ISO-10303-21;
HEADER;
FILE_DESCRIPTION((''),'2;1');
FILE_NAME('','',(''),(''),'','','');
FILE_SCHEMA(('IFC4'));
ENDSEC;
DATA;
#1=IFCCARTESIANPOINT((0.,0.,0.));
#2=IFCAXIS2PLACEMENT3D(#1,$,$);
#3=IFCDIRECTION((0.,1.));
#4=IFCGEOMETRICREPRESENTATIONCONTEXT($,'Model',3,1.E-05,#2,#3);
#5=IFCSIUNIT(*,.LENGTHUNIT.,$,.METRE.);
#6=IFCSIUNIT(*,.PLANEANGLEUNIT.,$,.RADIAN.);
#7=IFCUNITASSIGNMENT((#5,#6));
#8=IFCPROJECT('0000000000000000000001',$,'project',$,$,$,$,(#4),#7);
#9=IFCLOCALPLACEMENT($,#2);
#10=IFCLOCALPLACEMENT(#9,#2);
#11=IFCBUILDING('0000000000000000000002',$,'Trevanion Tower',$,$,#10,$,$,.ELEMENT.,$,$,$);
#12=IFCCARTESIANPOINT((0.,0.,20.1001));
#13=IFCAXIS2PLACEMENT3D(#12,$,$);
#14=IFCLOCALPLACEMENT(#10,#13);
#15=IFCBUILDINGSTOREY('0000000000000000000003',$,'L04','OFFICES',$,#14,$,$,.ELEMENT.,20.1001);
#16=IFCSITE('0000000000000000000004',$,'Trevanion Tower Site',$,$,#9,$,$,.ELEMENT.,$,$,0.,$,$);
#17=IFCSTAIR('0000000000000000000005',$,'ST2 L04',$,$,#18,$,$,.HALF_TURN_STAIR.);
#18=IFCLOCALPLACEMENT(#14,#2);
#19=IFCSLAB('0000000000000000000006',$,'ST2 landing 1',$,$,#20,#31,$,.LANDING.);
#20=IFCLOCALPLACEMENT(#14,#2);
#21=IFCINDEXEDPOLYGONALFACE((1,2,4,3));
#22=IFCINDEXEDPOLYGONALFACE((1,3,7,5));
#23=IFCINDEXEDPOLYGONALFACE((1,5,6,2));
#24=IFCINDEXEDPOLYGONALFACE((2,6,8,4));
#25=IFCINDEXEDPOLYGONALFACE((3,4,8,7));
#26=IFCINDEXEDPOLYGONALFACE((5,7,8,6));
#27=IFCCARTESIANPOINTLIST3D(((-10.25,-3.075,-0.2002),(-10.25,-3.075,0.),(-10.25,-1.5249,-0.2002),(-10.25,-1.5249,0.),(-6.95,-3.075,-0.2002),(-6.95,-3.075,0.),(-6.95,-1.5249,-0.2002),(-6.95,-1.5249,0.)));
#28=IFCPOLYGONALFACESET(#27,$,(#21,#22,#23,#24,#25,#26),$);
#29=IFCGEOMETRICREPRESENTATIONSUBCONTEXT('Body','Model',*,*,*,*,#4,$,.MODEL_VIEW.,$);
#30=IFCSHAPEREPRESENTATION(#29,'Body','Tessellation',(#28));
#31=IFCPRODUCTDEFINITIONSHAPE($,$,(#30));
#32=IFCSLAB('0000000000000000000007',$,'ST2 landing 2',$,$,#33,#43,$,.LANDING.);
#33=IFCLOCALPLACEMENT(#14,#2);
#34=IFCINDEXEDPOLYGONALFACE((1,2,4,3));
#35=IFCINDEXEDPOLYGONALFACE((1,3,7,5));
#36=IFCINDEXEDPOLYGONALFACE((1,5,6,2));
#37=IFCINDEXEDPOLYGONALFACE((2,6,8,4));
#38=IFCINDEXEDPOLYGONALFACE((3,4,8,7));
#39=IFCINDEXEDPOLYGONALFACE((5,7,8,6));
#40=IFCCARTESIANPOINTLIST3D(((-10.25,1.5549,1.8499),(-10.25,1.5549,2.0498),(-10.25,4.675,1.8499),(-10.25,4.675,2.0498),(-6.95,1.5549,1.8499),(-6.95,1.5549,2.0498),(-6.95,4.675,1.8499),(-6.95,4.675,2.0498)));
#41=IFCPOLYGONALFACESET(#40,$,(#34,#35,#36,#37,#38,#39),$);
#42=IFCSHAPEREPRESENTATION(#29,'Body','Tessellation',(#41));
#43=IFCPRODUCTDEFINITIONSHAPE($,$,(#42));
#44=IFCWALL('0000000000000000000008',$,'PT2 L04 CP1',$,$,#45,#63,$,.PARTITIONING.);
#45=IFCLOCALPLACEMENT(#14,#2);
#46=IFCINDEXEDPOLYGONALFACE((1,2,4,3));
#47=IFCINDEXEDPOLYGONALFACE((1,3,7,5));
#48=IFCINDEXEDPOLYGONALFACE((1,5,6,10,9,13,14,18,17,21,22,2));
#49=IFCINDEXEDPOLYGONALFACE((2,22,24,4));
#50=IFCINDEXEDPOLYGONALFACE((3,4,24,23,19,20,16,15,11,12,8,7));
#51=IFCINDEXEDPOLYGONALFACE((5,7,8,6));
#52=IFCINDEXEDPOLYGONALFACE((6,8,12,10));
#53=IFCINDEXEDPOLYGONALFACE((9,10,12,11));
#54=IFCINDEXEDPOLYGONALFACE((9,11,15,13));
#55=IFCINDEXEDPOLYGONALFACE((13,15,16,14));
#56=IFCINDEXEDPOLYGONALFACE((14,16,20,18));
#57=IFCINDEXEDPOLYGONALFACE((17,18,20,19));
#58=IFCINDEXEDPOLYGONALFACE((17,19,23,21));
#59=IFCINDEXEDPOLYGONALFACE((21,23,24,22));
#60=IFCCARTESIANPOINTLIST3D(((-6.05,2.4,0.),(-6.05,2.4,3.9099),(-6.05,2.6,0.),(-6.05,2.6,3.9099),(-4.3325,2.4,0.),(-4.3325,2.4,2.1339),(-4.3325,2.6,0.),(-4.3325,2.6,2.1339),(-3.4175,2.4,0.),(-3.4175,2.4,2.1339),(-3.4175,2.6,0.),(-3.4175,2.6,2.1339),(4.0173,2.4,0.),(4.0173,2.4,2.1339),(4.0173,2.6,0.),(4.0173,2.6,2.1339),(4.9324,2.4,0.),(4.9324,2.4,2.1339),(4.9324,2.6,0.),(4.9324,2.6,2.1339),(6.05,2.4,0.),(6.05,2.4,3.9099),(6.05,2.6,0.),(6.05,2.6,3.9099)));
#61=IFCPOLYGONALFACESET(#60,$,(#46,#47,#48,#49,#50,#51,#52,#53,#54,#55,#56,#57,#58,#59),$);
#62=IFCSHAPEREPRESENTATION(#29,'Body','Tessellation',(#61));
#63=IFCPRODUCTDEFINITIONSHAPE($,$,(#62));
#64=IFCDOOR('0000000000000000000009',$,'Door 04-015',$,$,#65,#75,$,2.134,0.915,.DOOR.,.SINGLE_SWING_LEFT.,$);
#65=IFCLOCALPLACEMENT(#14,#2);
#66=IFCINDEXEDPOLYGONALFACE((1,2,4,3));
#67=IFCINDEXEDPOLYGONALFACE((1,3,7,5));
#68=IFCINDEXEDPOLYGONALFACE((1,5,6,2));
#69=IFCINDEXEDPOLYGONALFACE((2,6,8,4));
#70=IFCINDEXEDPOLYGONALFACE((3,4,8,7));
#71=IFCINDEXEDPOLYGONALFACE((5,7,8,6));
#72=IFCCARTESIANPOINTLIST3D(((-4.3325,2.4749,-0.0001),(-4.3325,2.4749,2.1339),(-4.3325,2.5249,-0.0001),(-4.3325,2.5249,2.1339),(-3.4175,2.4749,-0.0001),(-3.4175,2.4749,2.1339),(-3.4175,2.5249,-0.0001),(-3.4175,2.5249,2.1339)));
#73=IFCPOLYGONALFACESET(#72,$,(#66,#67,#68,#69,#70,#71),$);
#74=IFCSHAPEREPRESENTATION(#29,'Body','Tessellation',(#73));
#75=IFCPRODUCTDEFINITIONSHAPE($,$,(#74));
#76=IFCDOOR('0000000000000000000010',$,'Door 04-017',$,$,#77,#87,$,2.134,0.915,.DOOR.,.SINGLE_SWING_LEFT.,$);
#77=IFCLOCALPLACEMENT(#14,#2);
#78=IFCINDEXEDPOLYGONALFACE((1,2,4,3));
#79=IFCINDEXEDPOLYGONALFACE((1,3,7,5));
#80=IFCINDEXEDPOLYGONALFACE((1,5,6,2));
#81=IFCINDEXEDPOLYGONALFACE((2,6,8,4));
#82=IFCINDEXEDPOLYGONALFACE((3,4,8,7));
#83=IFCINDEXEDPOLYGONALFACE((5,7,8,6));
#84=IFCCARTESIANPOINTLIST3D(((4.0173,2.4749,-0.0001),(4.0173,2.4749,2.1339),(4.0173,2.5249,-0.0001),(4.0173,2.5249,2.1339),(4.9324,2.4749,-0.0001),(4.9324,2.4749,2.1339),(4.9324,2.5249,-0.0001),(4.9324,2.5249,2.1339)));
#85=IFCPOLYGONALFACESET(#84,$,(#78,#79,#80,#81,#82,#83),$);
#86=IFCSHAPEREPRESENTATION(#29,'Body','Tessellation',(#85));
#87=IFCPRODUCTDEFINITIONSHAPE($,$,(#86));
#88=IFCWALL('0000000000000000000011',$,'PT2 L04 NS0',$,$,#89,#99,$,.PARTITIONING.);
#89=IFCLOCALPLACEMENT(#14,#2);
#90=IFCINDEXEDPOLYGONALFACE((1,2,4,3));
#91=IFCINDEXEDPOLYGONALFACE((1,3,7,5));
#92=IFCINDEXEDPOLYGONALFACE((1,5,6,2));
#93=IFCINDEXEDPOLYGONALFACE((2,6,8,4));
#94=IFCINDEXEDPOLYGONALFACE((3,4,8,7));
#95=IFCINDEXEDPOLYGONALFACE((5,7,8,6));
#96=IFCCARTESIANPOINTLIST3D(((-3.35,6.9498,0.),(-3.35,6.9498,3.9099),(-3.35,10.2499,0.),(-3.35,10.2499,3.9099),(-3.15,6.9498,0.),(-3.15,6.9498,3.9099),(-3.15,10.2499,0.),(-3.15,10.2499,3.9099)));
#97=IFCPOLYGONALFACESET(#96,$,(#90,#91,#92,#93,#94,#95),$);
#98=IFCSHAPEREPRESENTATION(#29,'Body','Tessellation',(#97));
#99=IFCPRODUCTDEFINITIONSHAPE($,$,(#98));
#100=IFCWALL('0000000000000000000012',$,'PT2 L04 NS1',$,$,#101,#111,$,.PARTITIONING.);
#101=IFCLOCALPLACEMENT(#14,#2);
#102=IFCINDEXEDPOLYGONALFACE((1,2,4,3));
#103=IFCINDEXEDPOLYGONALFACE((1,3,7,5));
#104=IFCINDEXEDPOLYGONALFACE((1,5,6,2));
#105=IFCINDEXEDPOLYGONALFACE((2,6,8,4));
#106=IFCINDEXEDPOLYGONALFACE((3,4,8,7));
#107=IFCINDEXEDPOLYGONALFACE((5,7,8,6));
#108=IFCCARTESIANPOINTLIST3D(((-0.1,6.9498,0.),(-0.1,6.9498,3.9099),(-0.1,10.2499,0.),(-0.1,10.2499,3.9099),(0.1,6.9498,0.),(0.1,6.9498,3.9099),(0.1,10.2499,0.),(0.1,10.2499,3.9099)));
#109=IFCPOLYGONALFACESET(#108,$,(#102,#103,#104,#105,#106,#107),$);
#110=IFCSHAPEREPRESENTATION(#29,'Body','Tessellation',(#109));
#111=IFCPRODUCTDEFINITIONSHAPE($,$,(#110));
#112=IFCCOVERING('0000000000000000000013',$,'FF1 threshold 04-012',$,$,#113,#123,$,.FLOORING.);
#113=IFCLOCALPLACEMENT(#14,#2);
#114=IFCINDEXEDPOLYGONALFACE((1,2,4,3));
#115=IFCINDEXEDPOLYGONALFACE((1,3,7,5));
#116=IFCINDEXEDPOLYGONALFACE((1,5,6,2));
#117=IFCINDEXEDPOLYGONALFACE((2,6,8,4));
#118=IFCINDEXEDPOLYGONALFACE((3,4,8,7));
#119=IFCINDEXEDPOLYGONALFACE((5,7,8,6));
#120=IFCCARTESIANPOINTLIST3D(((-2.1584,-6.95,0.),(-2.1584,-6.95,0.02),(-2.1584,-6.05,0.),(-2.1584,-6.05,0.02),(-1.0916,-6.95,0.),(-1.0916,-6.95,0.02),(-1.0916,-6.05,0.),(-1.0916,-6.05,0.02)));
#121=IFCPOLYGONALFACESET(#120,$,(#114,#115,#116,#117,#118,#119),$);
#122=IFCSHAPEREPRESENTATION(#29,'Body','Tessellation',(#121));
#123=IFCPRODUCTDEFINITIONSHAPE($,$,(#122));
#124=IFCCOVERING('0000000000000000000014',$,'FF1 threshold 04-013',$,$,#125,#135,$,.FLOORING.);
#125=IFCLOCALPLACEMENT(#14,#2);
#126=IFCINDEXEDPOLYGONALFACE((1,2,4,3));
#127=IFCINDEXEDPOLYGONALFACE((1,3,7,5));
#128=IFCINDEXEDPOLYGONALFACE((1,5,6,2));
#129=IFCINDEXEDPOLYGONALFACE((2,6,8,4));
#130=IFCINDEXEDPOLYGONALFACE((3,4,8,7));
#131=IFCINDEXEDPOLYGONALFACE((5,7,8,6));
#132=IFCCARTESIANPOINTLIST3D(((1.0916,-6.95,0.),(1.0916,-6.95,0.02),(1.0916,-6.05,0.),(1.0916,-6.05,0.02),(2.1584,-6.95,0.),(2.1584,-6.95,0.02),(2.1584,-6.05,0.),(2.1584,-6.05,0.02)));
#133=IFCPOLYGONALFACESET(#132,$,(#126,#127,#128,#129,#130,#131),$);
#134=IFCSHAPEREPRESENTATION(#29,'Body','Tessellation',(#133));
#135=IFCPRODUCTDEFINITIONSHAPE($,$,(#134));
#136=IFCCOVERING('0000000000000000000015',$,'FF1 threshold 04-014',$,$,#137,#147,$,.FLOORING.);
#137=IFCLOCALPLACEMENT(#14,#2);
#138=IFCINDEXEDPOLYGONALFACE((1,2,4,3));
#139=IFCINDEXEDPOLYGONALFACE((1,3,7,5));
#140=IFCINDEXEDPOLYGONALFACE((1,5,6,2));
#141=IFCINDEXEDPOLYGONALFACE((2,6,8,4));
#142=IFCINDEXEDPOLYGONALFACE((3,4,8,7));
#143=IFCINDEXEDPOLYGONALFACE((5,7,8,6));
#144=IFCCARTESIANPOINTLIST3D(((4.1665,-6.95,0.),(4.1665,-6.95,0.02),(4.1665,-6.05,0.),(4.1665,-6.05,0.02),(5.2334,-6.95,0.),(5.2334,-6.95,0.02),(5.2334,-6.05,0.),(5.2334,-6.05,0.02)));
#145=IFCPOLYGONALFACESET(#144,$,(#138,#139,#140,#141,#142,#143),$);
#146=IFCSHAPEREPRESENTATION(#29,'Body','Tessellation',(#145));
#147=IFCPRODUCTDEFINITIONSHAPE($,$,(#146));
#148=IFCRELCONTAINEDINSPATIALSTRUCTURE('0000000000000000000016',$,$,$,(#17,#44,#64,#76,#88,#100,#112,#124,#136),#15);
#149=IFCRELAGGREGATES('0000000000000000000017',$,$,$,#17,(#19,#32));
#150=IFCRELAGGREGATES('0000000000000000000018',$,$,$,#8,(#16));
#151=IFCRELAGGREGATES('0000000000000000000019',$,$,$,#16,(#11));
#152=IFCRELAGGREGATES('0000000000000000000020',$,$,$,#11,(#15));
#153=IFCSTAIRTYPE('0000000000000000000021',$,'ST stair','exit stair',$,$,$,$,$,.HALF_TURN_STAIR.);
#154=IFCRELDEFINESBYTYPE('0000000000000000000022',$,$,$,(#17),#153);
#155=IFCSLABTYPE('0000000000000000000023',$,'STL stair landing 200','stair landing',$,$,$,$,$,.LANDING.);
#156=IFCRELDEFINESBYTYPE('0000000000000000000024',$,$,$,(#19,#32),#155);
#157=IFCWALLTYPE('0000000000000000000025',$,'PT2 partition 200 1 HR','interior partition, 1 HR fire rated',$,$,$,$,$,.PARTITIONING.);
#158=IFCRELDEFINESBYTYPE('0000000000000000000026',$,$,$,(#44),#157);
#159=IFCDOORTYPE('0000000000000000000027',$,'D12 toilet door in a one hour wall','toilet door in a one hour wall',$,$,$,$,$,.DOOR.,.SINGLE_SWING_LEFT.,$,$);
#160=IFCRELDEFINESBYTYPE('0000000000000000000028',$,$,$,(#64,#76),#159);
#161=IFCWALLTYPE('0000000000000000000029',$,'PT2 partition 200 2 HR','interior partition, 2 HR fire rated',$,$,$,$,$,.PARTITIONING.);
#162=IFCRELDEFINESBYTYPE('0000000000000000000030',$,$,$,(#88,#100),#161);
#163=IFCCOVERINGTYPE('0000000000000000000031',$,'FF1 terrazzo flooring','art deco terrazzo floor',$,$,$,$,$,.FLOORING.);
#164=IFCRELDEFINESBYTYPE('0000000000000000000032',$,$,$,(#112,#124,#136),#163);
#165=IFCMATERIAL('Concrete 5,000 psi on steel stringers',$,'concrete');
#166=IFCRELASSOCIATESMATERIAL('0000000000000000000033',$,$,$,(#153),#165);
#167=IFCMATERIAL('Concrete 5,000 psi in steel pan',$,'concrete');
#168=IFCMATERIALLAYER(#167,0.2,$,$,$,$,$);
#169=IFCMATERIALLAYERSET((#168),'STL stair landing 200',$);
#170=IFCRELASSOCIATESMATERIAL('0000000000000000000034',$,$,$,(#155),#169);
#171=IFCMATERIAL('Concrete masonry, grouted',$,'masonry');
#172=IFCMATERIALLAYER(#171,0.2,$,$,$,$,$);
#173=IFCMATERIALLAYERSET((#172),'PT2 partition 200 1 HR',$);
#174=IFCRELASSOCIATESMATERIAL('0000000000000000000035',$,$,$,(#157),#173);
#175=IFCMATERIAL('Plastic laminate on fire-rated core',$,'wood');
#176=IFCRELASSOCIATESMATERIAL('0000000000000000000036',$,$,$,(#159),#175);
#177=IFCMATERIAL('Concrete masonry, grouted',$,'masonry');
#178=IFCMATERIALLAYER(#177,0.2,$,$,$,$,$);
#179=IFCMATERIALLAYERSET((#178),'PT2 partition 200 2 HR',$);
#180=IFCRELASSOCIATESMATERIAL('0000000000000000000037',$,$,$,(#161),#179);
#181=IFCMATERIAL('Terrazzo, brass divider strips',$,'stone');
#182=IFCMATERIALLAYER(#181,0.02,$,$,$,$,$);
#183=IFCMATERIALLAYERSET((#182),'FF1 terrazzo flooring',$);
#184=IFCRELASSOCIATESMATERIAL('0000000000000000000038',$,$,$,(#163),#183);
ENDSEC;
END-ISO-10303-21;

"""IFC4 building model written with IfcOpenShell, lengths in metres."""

from ifc_helpers import new_model, si_unit, direction, frame, frame_2d, origin, place, context, subcontext, project, spatial, polyline, rectangle, outline, extrude, material, layer, layer_set, type_object, element, fill, aggregate, save


model = new_model("IFC4")

# Units and contexts
model_context = context("Model", 3, precision=1e-05, world=origin(), true_north=direction((0.0, 1.0)))
body_context = subcontext(model_context, "Body", "Model", "MODEL_VIEW")
ifc_project = project(units=[si_unit("LENGTHUNIT", "METRE"), si_unit("PLANEANGLEUNIT", "RADIAN")], contexts=[model_context])

# Site, building, storey
site_placement = place(None, origin())
site = spatial("IfcSite", under=ifc_project, at=site_placement, Name="Trevanion Tower Site", CompositionType="ELEMENT", RefElevation=0.0)
building_placement = place(site_placement, origin())
building = spatial("IfcBuilding", under=site, at=building_placement, Name="Trevanion Tower", CompositionType="ELEMENT")
storey_placement = place(building_placement, frame((0.0, 0.0, 20.1001)))
storey = spatial("IfcBuildingStorey", under=building, at=storey_placement, Name="L04", Description="OFFICES", CompositionType="ELEMENT", Elevation=20.1001)

# Stair, slabs
ifc_material_1 = material(Name="Concrete 5,000 psi on steel stringers", Category="concrete")
stair_type = type_object("IfcStairType", Name="ST stair", Description="exit stair", PredefinedType="HALF_TURN_STAIR", material=ifc_material_1)
ifc_material_2 = material(Name="Concrete 5,000 psi in steel pan", Category="concrete")
ifc_layer_1 = layer(ifc_material_2, 0.2)
ifc_layer_set_1 = layer_set([ifc_layer_1], Name="STL stair landing 200")
slab_type_1 = type_object("IfcSlabType", Name="STL stair landing 200", Description="stair landing", PredefinedType="LANDING", material=ifc_layer_set_1)
stair_1_placement = place(storey_placement, origin())
stair_1 = element("IfcStair", 1, at=stair_1_placement, inside=storey, type_object=stair_type, Name="ST2 L04", PredefinedType="HALF_TURN_STAIR")
slab_1_placement = place(storey_placement, frame((0.0, 0.0, -0.2002)))
slab_1 = element("IfcSlab", 2, at=slab_1_placement, type_object=slab_type_1, Name="ST2 landing 1", PredefinedType="LANDING", context=body_context, shape_type="SweptSolid", body=[
    extrude(outline(polyline([(-6.95, -1.5249), (-10.25, -1.5249), (-10.25, -3.075), (-6.95, -3.075), (-6.95, -1.5249)])), origin(), (0.0, 0.0, 1.0), 0.2002),
])
slab_2_placement = place(storey_placement, frame((0.0, 0.0, 1.8499)))
slab_2 = element("IfcSlab", 3, at=slab_2_placement, type_object=slab_type_1, Name="ST2 landing 2", PredefinedType="LANDING", context=body_context, shape_type="SweptSolid", body=[
    extrude(outline(polyline([(-6.95, 4.675), (-10.25, 4.675), (-10.25, 1.5549), (-6.95, 1.5549), (-6.95, 4.675)])), origin(), (0.0, 0.0, 1.0), 0.2),
])
aggregate(stair_1, [slab_1, slab_2])

# Wall, openings, doors
ifc_material_3 = material(Name="Concrete masonry, grouted", Category="masonry")
ifc_layer_2 = layer(ifc_material_3, 0.2)
ifc_layer_set_2 = layer_set([ifc_layer_2], Name="PT2 partition 200 1 HR")
wall_type_1 = type_object("IfcWallType", Name="PT2 partition 200 1 HR", Description="interior partition, 1 HR fire rated", PredefinedType="PARTITIONING", material=ifc_layer_set_2)
wall_placement = place(storey_placement, frame((-6.05, 2.5, 0.0), z_axis=(0.0, 0.0, 1.0), x_axis=(1.0, 0.0, 0.0)))
wall = element("IfcWall", 4, at=wall_placement, inside=storey, type_object=wall_type_1, Name="PT2 L04 CP1", PredefinedType="PARTITIONING", context=body_context, shape_type="SweptSolid", body=[
    extrude(rectangle(XDim=12.1001, YDim=0.2, at=frame_2d((6.05, 0.0))), origin(), (0.0, 0.0, 1.0), 3.9099),
])
opening_1_placement = place(wall_placement, frame((1.7175, 0.0, 0.0)))
opening_1 = element("IfcOpeningElement", 5, at=opening_1_placement, cuts=wall, PredefinedType="OPENING", context=body_context, shape_type="SweptSolid", body=[
    extrude(rectangle(XDim=0.915, YDim=2.134, at=frame_2d((0.4575, 1.0669))), frame((0.0, 0.1099, 0.0), z_axis=(0.0, -1.0, 0.0), x_axis=(1.0, 0.0, 0.0)), (0.0, 0.0, 1.0), 0.22),
])
opening_2_placement = place(wall_placement, frame((10.0674, 0.0, 0.0)))
opening_2 = element("IfcOpeningElement", 6, at=opening_2_placement, cuts=wall, PredefinedType="OPENING", context=body_context, shape_type="SweptSolid", body=[
    extrude(rectangle(XDim=0.915, YDim=2.134, at=frame_2d((0.4575, 1.0669))), frame((0.0, 0.1099, 0.0), z_axis=(0.0, -1.0, 0.0), x_axis=(1.0, 0.0, 0.0)), (0.0, 0.0, 1.0), 0.22),
])
ifc_material_4 = material(Name="Plastic laminate on fire-rated core", Category="wood")
door_type = type_object("IfcDoorType", Name="D12 toilet door in a one hour wall", Description="toilet door in a one hour wall", OperationType="SINGLE_SWING_LEFT", PredefinedType="DOOR", material=ifc_material_4)
door_1_placement = place(opening_1_placement, origin())
door_1 = element("IfcDoor", 7, at=door_1_placement, inside=storey, type_object=door_type, Name="Door 04-015", OperationType="SINGLE_SWING_LEFT", OverallHeight=2.134, OverallWidth=0.915, PredefinedType="DOOR", context=body_context, shape_type="SweptSolid", body=[
    extrude(rectangle(XDim=0.915, YDim=2.134, at=frame_2d((0.4575, 1.0669))), frame((0.0, 0.0249, 0.0), z_axis=(0.0, -1.0, 0.0), x_axis=(1.0, 0.0, 0.0)), (0.0, 0.0, 1.0), 0.05),
])
fill(opening_1, door_1)
door_2_placement = place(opening_2_placement, origin())
door_2 = element("IfcDoor", 8, at=door_2_placement, inside=storey, type_object=door_type, Name="Door 04-017", OperationType="SINGLE_SWING_LEFT", OverallHeight=2.134, OverallWidth=0.915, PredefinedType="DOOR", context=body_context, shape_type="SweptSolid", body=[
    extrude(rectangle(XDim=0.915, YDim=2.134, at=frame_2d((0.4575, 1.0669))), frame((0.0, 0.0249, 0.0), z_axis=(0.0, -1.0, 0.0), x_axis=(1.0, 0.0, 0.0)), (0.0, 0.0, 1.0), 0.05),
])
fill(opening_2, door_2)

# Walls
ifc_material_5 = material(Name="Concrete masonry, grouted", Category="masonry")
ifc_layer_3 = layer(ifc_material_5, 0.2)
ifc_layer_set_3 = layer_set([ifc_layer_3], Name="PT2 partition 200 2 HR")
wall_type_2 = type_object("IfcWallType", Name="PT2 partition 200 2 HR", Description="interior partition, 2 HR fire rated", PredefinedType="PARTITIONING", material=ifc_layer_set_3)
for number, where, z_axis, x_axis, name in (
    (9, (-3.25, 6.95, 0.0), (0.0, 0.0, 1.0), (0.0, 1.0, 0.0), "PT2 L04 NS0"),
    (10, (0.0, 6.95, 0.0), (0.0, 0.0, 1.0), (0.0, 1.0, 0.0), "PT2 L04 NS1"),
):
    element("IfcWall", number, at=place(storey_placement, frame(where, z_axis=z_axis, x_axis=x_axis)), inside=storey, type_object=wall_type_2, Name=name, PredefinedType="PARTITIONING", context=body_context, shape_type="SweptSolid", body=[
        extrude(rectangle(XDim=3.3, YDim=0.2, at=frame_2d((1.6499, 0.0))), origin(), (0.0, 0.0, 1.0), 3.9099),
    ])

# Coverings
ifc_material_6 = material(Name="Terrazzo, brass divider strips", Category="stone")
ifc_layer_4 = layer(ifc_material_6, 0.02)
ifc_layer_set_4 = layer_set([ifc_layer_4], Name="FF1 terrazzo flooring")
covering_type = type_object("IfcCoveringType", Name="FF1 terrazzo flooring", Description="art deco terrazzo floor", PredefinedType="FLOORING", material=ifc_layer_set_4)
covering_1_placement = place(storey_placement, origin())
element("IfcCovering", 11, at=covering_1_placement, inside=storey, type_object=covering_type, Name="FF1 threshold 04-012", PredefinedType="FLOORING", context=body_context, shape_type="SweptSolid", body=[
    extrude(outline(polyline([(-2.1584, -6.95), (-1.0916, -6.95), (-1.0916, -6.05), (-2.1584, -6.05), (-2.1584, -6.95)])), origin(), (0.0, 0.0, 1.0), 0.02),
])
covering_2_placement = place(storey_placement, origin())
element("IfcCovering", 12, at=covering_2_placement, inside=storey, type_object=covering_type, Name="FF1 threshold 04-013", PredefinedType="FLOORING", context=body_context, shape_type="SweptSolid", body=[
    extrude(outline(polyline([(1.0916, -6.95), (2.1584, -6.95), (2.1584, -6.05), (1.0916, -6.05), (1.0916, -6.95)])), origin(), (0.0, 0.0, 1.0), 0.02),
])
covering_3_placement = place(storey_placement, origin())
element("IfcCovering", 13, at=covering_3_placement, inside=storey, type_object=covering_type, Name="FF1 threshold 04-014", PredefinedType="FLOORING", context=body_context, shape_type="SweptSolid", body=[
    extrude(outline(polyline([(4.1665, -6.95), (5.2334, -6.95), (5.2334, -6.05), (4.1665, -6.05), (4.1665, -6.95)])), origin(), (0.0, 0.0, 1.0), 0.02),
])

save(model, "model.ifc")
